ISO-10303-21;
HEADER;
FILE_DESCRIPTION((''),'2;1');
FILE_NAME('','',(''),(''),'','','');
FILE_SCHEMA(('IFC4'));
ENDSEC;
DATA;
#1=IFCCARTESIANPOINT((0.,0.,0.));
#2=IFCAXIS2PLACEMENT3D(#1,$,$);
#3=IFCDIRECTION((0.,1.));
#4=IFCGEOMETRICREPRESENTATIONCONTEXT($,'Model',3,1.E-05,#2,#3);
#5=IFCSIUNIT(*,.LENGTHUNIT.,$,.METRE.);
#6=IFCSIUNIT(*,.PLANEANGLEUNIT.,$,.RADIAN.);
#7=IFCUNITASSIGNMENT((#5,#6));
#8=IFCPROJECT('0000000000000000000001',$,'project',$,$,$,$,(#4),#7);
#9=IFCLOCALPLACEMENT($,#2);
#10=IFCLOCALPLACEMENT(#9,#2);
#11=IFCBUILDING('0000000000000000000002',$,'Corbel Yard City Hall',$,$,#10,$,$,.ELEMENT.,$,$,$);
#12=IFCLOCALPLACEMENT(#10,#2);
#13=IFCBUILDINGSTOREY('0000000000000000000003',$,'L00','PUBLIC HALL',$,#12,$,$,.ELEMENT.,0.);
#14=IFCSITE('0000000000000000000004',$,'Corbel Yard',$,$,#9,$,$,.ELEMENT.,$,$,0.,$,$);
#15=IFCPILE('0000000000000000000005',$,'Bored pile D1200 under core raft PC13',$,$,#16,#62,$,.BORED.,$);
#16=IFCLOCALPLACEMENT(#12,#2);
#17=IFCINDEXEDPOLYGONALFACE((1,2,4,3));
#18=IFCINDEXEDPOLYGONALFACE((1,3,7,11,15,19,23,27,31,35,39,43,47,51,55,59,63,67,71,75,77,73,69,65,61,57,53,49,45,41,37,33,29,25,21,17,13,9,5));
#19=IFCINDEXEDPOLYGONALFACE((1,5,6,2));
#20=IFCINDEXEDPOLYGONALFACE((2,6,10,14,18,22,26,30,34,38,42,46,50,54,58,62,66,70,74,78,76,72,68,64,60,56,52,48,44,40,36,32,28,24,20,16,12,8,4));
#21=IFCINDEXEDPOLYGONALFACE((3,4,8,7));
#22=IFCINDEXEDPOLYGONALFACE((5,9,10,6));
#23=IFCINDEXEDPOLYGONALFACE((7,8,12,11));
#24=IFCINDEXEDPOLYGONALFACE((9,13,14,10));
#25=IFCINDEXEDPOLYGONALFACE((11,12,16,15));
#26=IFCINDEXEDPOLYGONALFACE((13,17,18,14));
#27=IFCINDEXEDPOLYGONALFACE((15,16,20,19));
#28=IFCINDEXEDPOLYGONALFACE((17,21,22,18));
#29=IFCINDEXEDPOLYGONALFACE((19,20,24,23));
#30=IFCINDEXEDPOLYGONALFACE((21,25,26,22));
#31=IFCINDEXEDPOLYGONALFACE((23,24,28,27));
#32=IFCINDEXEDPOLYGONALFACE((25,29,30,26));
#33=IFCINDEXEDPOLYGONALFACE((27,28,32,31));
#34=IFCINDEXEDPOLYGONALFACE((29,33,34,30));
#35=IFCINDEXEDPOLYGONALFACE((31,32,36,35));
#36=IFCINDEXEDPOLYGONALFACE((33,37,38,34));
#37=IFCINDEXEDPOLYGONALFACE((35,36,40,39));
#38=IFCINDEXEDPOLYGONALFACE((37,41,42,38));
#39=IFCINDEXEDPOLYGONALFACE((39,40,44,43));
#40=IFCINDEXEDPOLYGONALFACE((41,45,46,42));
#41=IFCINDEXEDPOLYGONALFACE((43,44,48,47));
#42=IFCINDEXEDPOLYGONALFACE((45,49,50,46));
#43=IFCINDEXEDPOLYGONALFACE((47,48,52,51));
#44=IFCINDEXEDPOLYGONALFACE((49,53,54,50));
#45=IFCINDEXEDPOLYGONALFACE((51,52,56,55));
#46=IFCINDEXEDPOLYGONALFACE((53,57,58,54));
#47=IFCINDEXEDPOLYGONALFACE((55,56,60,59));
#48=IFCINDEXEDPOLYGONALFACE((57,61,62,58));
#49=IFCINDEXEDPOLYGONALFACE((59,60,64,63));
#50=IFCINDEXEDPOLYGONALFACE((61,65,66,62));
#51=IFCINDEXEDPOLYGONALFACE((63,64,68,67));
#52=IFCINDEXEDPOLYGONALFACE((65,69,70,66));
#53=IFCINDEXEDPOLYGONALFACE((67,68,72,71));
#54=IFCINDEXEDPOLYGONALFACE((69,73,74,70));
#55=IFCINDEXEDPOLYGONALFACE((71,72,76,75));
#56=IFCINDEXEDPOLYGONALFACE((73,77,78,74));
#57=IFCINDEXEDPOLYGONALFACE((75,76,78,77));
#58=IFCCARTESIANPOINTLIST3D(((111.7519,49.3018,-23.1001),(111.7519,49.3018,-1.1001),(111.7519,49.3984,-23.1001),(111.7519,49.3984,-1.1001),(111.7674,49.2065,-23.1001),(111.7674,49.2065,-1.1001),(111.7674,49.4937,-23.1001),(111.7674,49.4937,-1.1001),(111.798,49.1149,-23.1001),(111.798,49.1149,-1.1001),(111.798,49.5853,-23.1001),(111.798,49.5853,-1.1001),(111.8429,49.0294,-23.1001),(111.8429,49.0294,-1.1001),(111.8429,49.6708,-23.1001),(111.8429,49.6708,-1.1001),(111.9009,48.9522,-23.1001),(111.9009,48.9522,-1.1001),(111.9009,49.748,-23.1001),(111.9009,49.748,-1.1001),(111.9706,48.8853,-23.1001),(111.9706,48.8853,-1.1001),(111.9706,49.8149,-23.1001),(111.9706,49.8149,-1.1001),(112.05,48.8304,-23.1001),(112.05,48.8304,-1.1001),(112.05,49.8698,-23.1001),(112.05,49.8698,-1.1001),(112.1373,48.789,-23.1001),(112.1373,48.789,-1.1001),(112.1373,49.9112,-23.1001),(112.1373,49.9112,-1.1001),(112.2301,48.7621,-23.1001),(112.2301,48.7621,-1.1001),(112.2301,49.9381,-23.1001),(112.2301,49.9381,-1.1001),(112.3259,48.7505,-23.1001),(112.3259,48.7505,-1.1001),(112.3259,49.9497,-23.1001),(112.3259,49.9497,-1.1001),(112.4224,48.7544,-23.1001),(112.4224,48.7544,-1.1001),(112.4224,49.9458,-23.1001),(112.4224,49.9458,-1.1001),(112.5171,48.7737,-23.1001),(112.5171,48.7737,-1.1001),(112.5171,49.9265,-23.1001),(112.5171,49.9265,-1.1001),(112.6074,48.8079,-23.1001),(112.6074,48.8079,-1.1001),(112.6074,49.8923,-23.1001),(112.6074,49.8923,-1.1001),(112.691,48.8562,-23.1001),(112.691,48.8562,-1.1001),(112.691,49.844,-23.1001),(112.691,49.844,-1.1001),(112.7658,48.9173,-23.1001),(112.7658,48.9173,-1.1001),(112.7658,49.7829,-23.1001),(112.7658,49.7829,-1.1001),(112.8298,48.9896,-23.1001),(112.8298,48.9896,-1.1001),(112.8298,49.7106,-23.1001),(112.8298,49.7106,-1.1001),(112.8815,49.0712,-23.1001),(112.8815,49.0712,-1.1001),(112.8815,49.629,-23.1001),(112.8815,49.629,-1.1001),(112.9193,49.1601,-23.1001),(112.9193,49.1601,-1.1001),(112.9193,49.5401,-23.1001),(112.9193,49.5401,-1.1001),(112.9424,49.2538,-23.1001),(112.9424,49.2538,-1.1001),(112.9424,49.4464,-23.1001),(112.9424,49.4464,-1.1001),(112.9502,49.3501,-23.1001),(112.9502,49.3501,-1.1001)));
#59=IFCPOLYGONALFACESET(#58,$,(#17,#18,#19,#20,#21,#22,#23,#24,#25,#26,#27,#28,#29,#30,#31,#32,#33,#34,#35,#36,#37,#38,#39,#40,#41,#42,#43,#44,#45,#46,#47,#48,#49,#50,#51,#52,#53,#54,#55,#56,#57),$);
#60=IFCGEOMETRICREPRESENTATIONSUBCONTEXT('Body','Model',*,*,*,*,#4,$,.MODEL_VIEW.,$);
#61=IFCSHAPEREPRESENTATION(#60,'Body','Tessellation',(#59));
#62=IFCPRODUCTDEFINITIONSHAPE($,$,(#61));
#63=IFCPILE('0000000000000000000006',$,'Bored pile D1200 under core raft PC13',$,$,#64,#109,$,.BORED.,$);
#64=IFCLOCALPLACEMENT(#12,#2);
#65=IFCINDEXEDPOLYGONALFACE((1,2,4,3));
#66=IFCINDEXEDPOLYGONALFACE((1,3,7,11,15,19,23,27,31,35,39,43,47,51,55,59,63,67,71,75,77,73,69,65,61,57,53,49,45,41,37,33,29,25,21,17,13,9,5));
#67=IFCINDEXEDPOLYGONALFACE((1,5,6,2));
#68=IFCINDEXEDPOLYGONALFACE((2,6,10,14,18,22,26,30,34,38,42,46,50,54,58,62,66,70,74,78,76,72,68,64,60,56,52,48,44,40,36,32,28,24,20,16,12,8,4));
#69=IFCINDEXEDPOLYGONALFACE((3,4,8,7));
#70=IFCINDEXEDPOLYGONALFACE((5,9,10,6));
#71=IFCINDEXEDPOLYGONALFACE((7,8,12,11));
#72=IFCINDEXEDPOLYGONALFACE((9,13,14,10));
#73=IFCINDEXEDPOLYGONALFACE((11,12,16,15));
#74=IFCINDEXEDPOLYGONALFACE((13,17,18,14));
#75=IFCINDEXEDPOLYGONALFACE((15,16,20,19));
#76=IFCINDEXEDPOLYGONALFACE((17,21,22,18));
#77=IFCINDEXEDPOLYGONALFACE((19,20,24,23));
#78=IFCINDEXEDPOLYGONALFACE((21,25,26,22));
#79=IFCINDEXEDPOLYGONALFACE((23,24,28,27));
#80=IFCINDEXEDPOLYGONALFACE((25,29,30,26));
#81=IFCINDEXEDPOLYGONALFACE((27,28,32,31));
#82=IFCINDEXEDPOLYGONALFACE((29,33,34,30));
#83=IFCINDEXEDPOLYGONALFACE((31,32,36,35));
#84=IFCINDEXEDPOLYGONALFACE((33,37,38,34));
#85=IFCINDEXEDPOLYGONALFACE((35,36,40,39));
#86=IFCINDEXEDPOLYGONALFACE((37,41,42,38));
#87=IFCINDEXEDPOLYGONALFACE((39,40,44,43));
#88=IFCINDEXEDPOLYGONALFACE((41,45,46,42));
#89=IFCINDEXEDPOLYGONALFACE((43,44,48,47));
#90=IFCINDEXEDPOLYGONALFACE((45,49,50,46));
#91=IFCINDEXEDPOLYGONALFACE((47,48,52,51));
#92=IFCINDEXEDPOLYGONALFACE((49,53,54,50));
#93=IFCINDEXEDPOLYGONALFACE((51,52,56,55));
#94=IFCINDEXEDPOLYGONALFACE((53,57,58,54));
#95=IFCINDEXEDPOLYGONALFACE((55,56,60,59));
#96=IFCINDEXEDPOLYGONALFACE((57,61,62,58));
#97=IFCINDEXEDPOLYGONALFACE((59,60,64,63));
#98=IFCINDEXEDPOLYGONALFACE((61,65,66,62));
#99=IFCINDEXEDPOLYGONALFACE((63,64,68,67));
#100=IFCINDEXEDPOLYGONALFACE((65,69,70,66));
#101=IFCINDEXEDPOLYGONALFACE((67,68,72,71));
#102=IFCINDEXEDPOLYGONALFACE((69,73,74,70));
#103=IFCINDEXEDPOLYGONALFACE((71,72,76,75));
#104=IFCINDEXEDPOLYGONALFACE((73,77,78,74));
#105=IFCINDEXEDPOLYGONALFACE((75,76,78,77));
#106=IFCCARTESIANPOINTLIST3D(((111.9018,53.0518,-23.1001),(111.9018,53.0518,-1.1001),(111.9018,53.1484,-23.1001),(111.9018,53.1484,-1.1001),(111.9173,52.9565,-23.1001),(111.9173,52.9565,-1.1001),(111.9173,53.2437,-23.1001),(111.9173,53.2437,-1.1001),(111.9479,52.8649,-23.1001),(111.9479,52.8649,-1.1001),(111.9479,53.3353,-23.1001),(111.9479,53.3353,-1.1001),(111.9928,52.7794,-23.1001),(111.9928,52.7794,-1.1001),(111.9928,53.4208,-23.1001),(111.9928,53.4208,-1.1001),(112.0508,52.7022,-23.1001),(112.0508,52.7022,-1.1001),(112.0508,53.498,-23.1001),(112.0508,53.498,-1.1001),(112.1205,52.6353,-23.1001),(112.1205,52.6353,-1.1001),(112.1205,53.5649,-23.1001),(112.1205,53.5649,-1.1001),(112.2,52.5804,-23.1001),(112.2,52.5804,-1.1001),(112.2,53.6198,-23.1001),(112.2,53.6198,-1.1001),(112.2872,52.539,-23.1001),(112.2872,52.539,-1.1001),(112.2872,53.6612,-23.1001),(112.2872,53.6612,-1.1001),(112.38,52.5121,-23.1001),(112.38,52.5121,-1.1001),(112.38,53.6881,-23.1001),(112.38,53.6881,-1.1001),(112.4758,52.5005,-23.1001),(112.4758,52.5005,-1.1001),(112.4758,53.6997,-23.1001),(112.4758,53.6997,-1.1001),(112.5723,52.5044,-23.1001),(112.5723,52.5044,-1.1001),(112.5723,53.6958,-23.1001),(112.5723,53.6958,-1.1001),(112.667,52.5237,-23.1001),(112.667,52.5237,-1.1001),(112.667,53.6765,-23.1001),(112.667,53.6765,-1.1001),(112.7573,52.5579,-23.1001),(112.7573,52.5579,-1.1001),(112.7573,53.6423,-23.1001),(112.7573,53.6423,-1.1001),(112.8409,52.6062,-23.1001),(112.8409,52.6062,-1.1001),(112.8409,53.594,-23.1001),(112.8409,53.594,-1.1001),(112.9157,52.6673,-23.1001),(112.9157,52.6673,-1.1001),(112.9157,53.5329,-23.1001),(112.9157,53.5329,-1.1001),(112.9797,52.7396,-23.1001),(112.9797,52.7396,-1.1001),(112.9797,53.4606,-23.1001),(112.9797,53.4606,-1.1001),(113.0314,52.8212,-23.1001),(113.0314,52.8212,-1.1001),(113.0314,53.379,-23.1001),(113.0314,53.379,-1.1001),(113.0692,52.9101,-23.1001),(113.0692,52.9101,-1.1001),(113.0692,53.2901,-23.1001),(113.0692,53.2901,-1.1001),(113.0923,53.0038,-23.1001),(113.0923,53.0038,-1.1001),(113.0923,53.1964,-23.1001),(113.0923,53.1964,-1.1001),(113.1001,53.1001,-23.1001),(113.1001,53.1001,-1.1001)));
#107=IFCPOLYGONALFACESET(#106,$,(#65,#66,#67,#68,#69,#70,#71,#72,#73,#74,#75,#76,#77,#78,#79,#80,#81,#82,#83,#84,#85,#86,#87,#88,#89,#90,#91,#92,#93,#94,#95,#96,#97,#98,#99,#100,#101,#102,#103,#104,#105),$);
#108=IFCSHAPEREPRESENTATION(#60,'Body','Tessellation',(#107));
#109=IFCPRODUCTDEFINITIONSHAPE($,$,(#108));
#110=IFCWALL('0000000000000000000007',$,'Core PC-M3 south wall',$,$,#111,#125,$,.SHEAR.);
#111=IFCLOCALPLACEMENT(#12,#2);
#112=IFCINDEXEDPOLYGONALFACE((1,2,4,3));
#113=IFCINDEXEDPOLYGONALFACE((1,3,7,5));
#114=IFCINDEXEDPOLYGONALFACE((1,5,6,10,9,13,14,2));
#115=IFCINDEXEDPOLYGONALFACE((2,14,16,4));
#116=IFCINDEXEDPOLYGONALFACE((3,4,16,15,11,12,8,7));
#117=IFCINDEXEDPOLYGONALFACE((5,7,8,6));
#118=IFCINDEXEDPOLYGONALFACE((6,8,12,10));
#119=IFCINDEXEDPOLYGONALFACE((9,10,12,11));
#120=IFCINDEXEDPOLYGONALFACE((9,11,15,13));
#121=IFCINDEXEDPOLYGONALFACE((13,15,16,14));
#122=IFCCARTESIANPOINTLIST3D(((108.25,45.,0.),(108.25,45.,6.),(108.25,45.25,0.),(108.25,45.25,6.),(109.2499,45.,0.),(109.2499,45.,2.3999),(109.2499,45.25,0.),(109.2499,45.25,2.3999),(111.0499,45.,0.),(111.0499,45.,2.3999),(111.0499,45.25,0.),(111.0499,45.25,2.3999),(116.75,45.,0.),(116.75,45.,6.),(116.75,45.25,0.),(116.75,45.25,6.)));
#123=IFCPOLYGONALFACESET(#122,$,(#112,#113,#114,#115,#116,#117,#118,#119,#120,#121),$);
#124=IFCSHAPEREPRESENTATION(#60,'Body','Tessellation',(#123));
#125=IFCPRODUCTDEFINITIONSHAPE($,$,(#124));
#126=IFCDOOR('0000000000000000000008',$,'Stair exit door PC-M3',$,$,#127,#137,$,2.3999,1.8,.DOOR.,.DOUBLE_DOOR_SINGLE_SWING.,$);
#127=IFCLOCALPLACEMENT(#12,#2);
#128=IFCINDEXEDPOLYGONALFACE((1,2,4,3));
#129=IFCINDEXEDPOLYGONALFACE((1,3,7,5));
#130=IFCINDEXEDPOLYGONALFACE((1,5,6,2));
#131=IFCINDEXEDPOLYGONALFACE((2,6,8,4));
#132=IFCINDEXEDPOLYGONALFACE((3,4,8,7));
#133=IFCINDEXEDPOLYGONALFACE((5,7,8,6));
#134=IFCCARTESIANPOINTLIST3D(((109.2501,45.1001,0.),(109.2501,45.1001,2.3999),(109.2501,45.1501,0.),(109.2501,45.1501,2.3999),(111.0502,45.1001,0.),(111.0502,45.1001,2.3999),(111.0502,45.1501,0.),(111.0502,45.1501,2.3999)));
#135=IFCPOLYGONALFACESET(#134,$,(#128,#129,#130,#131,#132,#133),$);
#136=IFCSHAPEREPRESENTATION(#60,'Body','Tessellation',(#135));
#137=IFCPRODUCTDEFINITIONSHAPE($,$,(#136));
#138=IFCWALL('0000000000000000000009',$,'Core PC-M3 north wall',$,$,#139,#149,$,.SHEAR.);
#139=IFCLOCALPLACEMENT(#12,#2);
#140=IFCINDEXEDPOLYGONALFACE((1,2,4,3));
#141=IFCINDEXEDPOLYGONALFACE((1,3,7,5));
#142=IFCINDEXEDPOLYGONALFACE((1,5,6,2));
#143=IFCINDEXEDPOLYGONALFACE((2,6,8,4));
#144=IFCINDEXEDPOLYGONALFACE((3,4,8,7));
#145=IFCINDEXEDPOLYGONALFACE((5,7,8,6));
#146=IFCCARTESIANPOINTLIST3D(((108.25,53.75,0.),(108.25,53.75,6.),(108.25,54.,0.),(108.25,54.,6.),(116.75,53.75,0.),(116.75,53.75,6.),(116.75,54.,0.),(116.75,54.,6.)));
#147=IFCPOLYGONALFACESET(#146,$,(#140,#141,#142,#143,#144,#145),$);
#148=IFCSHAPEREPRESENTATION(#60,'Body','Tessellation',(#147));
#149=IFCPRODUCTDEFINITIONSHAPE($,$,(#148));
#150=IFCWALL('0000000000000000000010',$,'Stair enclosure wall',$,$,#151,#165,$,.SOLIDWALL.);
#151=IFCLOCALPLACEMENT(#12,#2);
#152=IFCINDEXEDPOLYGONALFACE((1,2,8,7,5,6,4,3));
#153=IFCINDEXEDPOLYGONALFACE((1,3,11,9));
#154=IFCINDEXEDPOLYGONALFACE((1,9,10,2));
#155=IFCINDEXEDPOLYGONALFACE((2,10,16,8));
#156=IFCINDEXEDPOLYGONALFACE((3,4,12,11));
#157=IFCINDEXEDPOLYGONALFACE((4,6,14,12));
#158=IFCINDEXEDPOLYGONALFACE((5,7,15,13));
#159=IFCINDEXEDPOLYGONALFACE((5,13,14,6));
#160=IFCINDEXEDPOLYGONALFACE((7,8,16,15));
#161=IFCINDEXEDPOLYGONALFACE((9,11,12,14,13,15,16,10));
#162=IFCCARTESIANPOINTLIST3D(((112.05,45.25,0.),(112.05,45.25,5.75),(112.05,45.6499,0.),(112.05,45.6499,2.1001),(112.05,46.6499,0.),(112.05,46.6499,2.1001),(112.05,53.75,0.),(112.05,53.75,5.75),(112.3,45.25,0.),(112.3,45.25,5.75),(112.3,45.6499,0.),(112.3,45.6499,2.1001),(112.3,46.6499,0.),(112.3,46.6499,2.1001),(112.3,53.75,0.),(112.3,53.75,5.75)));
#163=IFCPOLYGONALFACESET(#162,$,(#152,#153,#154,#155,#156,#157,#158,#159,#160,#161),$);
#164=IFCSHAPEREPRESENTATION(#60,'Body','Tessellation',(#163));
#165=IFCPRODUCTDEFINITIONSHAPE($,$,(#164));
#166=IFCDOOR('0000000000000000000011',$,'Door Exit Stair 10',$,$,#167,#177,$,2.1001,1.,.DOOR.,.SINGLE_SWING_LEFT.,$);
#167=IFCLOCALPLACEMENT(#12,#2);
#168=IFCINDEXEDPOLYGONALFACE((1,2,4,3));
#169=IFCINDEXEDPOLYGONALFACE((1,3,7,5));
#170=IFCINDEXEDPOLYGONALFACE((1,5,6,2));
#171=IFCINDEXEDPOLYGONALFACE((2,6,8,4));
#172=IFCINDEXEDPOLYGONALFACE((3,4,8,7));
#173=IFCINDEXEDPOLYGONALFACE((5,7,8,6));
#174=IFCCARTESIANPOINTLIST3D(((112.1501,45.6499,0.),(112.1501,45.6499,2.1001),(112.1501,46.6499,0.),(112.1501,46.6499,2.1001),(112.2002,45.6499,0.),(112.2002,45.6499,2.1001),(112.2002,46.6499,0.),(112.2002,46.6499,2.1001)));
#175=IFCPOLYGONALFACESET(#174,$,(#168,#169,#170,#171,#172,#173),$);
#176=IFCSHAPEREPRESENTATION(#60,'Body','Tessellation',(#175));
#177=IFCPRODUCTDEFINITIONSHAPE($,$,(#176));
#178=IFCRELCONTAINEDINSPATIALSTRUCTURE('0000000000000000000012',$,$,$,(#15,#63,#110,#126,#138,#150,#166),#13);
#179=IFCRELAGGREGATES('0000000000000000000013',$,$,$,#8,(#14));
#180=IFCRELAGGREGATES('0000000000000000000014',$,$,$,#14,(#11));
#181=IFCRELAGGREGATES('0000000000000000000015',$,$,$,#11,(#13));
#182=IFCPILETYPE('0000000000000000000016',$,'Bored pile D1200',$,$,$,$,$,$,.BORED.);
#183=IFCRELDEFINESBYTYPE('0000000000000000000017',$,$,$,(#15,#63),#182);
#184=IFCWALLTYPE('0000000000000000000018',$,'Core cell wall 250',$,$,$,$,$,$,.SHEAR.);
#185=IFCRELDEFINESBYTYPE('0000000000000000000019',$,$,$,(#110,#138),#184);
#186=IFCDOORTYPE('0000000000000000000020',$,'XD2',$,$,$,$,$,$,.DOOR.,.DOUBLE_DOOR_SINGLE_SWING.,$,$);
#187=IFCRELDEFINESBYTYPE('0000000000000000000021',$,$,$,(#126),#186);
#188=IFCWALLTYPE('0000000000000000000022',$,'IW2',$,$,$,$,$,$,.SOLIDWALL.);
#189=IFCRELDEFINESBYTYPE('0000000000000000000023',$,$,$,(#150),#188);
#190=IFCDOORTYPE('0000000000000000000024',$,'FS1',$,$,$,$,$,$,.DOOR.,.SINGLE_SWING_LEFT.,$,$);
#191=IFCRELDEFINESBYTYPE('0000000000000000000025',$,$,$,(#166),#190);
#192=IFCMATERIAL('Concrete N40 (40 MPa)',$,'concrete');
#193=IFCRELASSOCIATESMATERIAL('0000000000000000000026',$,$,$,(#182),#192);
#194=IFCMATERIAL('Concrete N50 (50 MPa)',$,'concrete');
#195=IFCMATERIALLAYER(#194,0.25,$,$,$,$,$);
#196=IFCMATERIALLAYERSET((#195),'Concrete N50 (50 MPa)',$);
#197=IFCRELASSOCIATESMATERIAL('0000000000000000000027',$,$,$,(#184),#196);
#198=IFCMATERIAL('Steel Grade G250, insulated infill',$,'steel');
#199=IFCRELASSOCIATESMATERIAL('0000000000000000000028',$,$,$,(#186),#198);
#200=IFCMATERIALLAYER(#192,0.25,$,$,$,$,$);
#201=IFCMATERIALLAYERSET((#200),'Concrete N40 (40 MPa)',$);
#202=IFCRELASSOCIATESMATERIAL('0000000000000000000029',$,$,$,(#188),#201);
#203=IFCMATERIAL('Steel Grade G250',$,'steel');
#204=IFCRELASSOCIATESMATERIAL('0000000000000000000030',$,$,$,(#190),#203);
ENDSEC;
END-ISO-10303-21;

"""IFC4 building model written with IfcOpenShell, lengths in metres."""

from ifc_helpers import new_model, si_unit, direction, frame, frame_2d, origin, origin_2d, place, context, subcontext, project, spatial, rectangle, circle, extrude, material, layer, layer_set, material_profile, profile_set, type_object, element, fill, save


model = new_model("IFC4")

# Units and contexts
model_context = context("Model", 3, precision=1e-05, world=origin(), true_north=direction((0.0, 1.0)))
body_context = subcontext(model_context, "Body", "Model", "MODEL_VIEW")
ifc_project = project(units=[si_unit("LENGTHUNIT", "METRE"), si_unit("PLANEANGLEUNIT", "RADIAN")], contexts=[model_context])

# Site, building, storey
site_placement = place(None, origin())
site = spatial("IfcSite", under=ifc_project, at=site_placement, Name="Corbel Yard", CompositionType="ELEMENT", RefElevation=0.0)
building_placement = place(site_placement, origin())
building = spatial("IfcBuilding", under=site, at=building_placement, Name="Corbel Yard City Hall", CompositionType="ELEMENT")
storey_placement = place(building_placement, origin())
storey = spatial("IfcBuildingStorey", under=building, at=storey_placement, Name="L00", Description="PUBLIC HALL", CompositionType="ELEMENT", Elevation=0.0)

# Piles
ifc_material_1 = material(Name="Concrete N40 (40 MPa)", Category="concrete")
ifc_material_profile = material_profile(ifc_material_1, circle(Radius=0.6001, at=origin_2d()), Name="D1200")
ifc_profile_set = profile_set([ifc_material_profile], Name="Concrete N40 (40 MPa)")
pile_type = type_object("IfcPileType", Name="Bored pile D1200", PredefinedType="BORED", material=ifc_profile_set)
for number, where, z_axis, x_axis, name in (
    (1, (112.3501, 49.3501, -1.1001), (0.0, 0.0, -1.0), (1.0, 0.0, 0.0), "Bored pile D1200 under core raft PC13"),
    (2, (112.5, 53.1001, -1.1001), (0.0, 0.0, -1.0), (1.0, 0.0, 0.0), "Bored pile D1200 under core raft PC13"),
):
    element("IfcPile", number, at=place(storey_placement, frame(where, z_axis=z_axis, x_axis=x_axis)), inside=storey, type_object=pile_type, Name=name, PredefinedType="BORED", context=body_context, shape_type="SweptSolid", body=[
        extrude(circle(Radius=0.6001, at=origin_2d()), origin(), (0.0, 0.0, 1.0), 22.0),
    ])

# Wall, opening, door
ifc_material_2 = material(Name="Concrete N50 (50 MPa)", Category="concrete")
ifc_layer_1 = layer(ifc_material_2, 0.25)
ifc_layer_set_1 = layer_set([ifc_layer_1], Name="Concrete N50 (50 MPa)")
wall_type_1 = type_object("IfcWallType", Name="Core cell wall 250", PredefinedType="SHEAR", material=ifc_layer_set_1)
wall_1_placement = place(storey_placement, frame((108.25, 45.125, 0.0), z_axis=(0.0, 0.0, 1.0), x_axis=(1.0, 0.0, 0.0)))
wall_1 = element("IfcWall", 3, at=wall_1_placement, inside=storey, type_object=wall_type_1, Name="Core PC-M3 south wall", PredefinedType="SHEAR", context=body_context, shape_type="SweptSolid", body=[
    extrude(rectangle(XDim=8.5, YDim=0.25, at=frame_2d((4.25, 0.0))), origin(), (0.0, 0.0, 1.0), 6.0),
])
opening_1_placement = place(wall_1_placement, frame((1.0, 0.0, 0.0)))
opening_1 = element("IfcOpeningElement", 4, at=opening_1_placement, cuts=wall_1, PredefinedType="OPENING", context=body_context, shape_type="SweptSolid", body=[
    extrude(rectangle(XDim=1.8, YDim=2.3999, at=frame_2d((0.8999, 1.2))), frame((0.0, 0.135, 0.0), z_axis=(0.0, -1.0, 0.0), x_axis=(1.0, 0.0, 0.0)), (0.0, 0.0, 1.0), 0.27),
])
ifc_material_3 = material(Name="Steel Grade G250, insulated infill", Category="steel")
door_type_1 = type_object("IfcDoorType", Name="XD2", OperationType="DOUBLE_DOOR_SINGLE_SWING", PredefinedType="DOOR", material=ifc_material_3)
door_1_placement = place(opening_1_placement, frame((1.8, 0.0, 0.0), z_axis=(0.0, 0.0, 1.0), x_axis=(-1.0, 0.0, 0.0)))
door_1 = element("IfcDoor", 5, at=door_1_placement, inside=storey, type_object=door_type_1, Name="Stair exit door PC-M3", OperationType="DOUBLE_DOOR_SINGLE_SWING", OverallHeight=2.3999, OverallWidth=1.8, PredefinedType="DOOR", context=body_context, shape_type="SweptSolid", body=[
    extrude(rectangle(XDim=1.8, YDim=2.3999, at=frame_2d((0.8999, 1.2))), frame((0.0, 0.0249, 0.0), z_axis=(0.0, -1.0, 0.0), x_axis=(1.0, 0.0, 0.0)), (0.0, 0.0, 1.0), 0.05),
])
fill(opening_1, door_1)

# Wall
wall_2_placement = place(storey_placement, frame((108.25, 53.875, 0.0), z_axis=(0.0, 0.0, 1.0), x_axis=(1.0, 0.0, 0.0)))
element("IfcWall", 6, at=wall_2_placement, inside=storey, type_object=wall_type_1, Name="Core PC-M3 north wall", PredefinedType="SHEAR", context=body_context, shape_type="SweptSolid", body=[
    extrude(rectangle(XDim=8.5, YDim=0.25, at=frame_2d((4.25, 0.0))), origin(), (0.0, 0.0, 1.0), 6.0),
])

# Wall, opening, door
ifc_layer_2 = layer(ifc_material_1, 0.25)
ifc_layer_set_2 = layer_set([ifc_layer_2], Name="Concrete N40 (40 MPa)")
wall_type_2 = type_object("IfcWallType", Name="IW2", PredefinedType="SOLIDWALL", material=ifc_layer_set_2)
wall_3_placement = place(storey_placement, frame((112.175, 45.25, 0.0), z_axis=(0.0, 0.0, 1.0), x_axis=(0.0, 1.0, 0.0)))
wall_3 = element("IfcWall", 7, at=wall_3_placement, inside=storey, type_object=wall_type_2, Name="Stair enclosure wall", PredefinedType="SOLIDWALL", context=body_context, shape_type="SweptSolid", body=[
    extrude(rectangle(XDim=8.5, YDim=0.25, at=frame_2d((4.25, 0.0))), origin(), (0.0, 0.0, 1.0), 5.75),
])
opening_2_placement = place(wall_3_placement, frame((0.3999, 0.0, 0.0)))
opening_2 = element("IfcOpeningElement", 8, at=opening_2_placement, cuts=wall_3, PredefinedType="OPENING", context=body_context, shape_type="SweptSolid", body=[
    extrude(rectangle(XDim=1.0, YDim=2.1001, at=frame_2d((0.5, 1.05))), frame((0.0, 0.135, 0.0), z_axis=(0.0, -1.0, 0.0), x_axis=(1.0, 0.0, 0.0)), (0.0, 0.0, 1.0), 0.27),
])
ifc_material_4 = material(Name="Steel Grade G250", Category="steel")
door_type_2 = type_object("IfcDoorType", Name="FS1", OperationType="SINGLE_SWING_LEFT", PredefinedType="DOOR", material=ifc_material_4)
door_2_placement = place(opening_2_placement, origin())
door_2 = element("IfcDoor", 9, at=door_2_placement, inside=storey, type_object=door_type_2, Name="Door Exit Stair 10", OperationType="SINGLE_SWING_LEFT", OverallHeight=2.1001, OverallWidth=1.0, PredefinedType="DOOR", context=body_context, shape_type="SweptSolid", body=[
    extrude(rectangle(XDim=1.0, YDim=2.1001, at=frame_2d((0.5, 1.05))), frame((0.0, 0.0249, 0.0), z_axis=(0.0, -1.0, 0.0), x_axis=(1.0, 0.0, 0.0)), (0.0, 0.0, 1.0), 0.05),
])
fill(opening_2, door_2)

save(model, "model.ifc")
